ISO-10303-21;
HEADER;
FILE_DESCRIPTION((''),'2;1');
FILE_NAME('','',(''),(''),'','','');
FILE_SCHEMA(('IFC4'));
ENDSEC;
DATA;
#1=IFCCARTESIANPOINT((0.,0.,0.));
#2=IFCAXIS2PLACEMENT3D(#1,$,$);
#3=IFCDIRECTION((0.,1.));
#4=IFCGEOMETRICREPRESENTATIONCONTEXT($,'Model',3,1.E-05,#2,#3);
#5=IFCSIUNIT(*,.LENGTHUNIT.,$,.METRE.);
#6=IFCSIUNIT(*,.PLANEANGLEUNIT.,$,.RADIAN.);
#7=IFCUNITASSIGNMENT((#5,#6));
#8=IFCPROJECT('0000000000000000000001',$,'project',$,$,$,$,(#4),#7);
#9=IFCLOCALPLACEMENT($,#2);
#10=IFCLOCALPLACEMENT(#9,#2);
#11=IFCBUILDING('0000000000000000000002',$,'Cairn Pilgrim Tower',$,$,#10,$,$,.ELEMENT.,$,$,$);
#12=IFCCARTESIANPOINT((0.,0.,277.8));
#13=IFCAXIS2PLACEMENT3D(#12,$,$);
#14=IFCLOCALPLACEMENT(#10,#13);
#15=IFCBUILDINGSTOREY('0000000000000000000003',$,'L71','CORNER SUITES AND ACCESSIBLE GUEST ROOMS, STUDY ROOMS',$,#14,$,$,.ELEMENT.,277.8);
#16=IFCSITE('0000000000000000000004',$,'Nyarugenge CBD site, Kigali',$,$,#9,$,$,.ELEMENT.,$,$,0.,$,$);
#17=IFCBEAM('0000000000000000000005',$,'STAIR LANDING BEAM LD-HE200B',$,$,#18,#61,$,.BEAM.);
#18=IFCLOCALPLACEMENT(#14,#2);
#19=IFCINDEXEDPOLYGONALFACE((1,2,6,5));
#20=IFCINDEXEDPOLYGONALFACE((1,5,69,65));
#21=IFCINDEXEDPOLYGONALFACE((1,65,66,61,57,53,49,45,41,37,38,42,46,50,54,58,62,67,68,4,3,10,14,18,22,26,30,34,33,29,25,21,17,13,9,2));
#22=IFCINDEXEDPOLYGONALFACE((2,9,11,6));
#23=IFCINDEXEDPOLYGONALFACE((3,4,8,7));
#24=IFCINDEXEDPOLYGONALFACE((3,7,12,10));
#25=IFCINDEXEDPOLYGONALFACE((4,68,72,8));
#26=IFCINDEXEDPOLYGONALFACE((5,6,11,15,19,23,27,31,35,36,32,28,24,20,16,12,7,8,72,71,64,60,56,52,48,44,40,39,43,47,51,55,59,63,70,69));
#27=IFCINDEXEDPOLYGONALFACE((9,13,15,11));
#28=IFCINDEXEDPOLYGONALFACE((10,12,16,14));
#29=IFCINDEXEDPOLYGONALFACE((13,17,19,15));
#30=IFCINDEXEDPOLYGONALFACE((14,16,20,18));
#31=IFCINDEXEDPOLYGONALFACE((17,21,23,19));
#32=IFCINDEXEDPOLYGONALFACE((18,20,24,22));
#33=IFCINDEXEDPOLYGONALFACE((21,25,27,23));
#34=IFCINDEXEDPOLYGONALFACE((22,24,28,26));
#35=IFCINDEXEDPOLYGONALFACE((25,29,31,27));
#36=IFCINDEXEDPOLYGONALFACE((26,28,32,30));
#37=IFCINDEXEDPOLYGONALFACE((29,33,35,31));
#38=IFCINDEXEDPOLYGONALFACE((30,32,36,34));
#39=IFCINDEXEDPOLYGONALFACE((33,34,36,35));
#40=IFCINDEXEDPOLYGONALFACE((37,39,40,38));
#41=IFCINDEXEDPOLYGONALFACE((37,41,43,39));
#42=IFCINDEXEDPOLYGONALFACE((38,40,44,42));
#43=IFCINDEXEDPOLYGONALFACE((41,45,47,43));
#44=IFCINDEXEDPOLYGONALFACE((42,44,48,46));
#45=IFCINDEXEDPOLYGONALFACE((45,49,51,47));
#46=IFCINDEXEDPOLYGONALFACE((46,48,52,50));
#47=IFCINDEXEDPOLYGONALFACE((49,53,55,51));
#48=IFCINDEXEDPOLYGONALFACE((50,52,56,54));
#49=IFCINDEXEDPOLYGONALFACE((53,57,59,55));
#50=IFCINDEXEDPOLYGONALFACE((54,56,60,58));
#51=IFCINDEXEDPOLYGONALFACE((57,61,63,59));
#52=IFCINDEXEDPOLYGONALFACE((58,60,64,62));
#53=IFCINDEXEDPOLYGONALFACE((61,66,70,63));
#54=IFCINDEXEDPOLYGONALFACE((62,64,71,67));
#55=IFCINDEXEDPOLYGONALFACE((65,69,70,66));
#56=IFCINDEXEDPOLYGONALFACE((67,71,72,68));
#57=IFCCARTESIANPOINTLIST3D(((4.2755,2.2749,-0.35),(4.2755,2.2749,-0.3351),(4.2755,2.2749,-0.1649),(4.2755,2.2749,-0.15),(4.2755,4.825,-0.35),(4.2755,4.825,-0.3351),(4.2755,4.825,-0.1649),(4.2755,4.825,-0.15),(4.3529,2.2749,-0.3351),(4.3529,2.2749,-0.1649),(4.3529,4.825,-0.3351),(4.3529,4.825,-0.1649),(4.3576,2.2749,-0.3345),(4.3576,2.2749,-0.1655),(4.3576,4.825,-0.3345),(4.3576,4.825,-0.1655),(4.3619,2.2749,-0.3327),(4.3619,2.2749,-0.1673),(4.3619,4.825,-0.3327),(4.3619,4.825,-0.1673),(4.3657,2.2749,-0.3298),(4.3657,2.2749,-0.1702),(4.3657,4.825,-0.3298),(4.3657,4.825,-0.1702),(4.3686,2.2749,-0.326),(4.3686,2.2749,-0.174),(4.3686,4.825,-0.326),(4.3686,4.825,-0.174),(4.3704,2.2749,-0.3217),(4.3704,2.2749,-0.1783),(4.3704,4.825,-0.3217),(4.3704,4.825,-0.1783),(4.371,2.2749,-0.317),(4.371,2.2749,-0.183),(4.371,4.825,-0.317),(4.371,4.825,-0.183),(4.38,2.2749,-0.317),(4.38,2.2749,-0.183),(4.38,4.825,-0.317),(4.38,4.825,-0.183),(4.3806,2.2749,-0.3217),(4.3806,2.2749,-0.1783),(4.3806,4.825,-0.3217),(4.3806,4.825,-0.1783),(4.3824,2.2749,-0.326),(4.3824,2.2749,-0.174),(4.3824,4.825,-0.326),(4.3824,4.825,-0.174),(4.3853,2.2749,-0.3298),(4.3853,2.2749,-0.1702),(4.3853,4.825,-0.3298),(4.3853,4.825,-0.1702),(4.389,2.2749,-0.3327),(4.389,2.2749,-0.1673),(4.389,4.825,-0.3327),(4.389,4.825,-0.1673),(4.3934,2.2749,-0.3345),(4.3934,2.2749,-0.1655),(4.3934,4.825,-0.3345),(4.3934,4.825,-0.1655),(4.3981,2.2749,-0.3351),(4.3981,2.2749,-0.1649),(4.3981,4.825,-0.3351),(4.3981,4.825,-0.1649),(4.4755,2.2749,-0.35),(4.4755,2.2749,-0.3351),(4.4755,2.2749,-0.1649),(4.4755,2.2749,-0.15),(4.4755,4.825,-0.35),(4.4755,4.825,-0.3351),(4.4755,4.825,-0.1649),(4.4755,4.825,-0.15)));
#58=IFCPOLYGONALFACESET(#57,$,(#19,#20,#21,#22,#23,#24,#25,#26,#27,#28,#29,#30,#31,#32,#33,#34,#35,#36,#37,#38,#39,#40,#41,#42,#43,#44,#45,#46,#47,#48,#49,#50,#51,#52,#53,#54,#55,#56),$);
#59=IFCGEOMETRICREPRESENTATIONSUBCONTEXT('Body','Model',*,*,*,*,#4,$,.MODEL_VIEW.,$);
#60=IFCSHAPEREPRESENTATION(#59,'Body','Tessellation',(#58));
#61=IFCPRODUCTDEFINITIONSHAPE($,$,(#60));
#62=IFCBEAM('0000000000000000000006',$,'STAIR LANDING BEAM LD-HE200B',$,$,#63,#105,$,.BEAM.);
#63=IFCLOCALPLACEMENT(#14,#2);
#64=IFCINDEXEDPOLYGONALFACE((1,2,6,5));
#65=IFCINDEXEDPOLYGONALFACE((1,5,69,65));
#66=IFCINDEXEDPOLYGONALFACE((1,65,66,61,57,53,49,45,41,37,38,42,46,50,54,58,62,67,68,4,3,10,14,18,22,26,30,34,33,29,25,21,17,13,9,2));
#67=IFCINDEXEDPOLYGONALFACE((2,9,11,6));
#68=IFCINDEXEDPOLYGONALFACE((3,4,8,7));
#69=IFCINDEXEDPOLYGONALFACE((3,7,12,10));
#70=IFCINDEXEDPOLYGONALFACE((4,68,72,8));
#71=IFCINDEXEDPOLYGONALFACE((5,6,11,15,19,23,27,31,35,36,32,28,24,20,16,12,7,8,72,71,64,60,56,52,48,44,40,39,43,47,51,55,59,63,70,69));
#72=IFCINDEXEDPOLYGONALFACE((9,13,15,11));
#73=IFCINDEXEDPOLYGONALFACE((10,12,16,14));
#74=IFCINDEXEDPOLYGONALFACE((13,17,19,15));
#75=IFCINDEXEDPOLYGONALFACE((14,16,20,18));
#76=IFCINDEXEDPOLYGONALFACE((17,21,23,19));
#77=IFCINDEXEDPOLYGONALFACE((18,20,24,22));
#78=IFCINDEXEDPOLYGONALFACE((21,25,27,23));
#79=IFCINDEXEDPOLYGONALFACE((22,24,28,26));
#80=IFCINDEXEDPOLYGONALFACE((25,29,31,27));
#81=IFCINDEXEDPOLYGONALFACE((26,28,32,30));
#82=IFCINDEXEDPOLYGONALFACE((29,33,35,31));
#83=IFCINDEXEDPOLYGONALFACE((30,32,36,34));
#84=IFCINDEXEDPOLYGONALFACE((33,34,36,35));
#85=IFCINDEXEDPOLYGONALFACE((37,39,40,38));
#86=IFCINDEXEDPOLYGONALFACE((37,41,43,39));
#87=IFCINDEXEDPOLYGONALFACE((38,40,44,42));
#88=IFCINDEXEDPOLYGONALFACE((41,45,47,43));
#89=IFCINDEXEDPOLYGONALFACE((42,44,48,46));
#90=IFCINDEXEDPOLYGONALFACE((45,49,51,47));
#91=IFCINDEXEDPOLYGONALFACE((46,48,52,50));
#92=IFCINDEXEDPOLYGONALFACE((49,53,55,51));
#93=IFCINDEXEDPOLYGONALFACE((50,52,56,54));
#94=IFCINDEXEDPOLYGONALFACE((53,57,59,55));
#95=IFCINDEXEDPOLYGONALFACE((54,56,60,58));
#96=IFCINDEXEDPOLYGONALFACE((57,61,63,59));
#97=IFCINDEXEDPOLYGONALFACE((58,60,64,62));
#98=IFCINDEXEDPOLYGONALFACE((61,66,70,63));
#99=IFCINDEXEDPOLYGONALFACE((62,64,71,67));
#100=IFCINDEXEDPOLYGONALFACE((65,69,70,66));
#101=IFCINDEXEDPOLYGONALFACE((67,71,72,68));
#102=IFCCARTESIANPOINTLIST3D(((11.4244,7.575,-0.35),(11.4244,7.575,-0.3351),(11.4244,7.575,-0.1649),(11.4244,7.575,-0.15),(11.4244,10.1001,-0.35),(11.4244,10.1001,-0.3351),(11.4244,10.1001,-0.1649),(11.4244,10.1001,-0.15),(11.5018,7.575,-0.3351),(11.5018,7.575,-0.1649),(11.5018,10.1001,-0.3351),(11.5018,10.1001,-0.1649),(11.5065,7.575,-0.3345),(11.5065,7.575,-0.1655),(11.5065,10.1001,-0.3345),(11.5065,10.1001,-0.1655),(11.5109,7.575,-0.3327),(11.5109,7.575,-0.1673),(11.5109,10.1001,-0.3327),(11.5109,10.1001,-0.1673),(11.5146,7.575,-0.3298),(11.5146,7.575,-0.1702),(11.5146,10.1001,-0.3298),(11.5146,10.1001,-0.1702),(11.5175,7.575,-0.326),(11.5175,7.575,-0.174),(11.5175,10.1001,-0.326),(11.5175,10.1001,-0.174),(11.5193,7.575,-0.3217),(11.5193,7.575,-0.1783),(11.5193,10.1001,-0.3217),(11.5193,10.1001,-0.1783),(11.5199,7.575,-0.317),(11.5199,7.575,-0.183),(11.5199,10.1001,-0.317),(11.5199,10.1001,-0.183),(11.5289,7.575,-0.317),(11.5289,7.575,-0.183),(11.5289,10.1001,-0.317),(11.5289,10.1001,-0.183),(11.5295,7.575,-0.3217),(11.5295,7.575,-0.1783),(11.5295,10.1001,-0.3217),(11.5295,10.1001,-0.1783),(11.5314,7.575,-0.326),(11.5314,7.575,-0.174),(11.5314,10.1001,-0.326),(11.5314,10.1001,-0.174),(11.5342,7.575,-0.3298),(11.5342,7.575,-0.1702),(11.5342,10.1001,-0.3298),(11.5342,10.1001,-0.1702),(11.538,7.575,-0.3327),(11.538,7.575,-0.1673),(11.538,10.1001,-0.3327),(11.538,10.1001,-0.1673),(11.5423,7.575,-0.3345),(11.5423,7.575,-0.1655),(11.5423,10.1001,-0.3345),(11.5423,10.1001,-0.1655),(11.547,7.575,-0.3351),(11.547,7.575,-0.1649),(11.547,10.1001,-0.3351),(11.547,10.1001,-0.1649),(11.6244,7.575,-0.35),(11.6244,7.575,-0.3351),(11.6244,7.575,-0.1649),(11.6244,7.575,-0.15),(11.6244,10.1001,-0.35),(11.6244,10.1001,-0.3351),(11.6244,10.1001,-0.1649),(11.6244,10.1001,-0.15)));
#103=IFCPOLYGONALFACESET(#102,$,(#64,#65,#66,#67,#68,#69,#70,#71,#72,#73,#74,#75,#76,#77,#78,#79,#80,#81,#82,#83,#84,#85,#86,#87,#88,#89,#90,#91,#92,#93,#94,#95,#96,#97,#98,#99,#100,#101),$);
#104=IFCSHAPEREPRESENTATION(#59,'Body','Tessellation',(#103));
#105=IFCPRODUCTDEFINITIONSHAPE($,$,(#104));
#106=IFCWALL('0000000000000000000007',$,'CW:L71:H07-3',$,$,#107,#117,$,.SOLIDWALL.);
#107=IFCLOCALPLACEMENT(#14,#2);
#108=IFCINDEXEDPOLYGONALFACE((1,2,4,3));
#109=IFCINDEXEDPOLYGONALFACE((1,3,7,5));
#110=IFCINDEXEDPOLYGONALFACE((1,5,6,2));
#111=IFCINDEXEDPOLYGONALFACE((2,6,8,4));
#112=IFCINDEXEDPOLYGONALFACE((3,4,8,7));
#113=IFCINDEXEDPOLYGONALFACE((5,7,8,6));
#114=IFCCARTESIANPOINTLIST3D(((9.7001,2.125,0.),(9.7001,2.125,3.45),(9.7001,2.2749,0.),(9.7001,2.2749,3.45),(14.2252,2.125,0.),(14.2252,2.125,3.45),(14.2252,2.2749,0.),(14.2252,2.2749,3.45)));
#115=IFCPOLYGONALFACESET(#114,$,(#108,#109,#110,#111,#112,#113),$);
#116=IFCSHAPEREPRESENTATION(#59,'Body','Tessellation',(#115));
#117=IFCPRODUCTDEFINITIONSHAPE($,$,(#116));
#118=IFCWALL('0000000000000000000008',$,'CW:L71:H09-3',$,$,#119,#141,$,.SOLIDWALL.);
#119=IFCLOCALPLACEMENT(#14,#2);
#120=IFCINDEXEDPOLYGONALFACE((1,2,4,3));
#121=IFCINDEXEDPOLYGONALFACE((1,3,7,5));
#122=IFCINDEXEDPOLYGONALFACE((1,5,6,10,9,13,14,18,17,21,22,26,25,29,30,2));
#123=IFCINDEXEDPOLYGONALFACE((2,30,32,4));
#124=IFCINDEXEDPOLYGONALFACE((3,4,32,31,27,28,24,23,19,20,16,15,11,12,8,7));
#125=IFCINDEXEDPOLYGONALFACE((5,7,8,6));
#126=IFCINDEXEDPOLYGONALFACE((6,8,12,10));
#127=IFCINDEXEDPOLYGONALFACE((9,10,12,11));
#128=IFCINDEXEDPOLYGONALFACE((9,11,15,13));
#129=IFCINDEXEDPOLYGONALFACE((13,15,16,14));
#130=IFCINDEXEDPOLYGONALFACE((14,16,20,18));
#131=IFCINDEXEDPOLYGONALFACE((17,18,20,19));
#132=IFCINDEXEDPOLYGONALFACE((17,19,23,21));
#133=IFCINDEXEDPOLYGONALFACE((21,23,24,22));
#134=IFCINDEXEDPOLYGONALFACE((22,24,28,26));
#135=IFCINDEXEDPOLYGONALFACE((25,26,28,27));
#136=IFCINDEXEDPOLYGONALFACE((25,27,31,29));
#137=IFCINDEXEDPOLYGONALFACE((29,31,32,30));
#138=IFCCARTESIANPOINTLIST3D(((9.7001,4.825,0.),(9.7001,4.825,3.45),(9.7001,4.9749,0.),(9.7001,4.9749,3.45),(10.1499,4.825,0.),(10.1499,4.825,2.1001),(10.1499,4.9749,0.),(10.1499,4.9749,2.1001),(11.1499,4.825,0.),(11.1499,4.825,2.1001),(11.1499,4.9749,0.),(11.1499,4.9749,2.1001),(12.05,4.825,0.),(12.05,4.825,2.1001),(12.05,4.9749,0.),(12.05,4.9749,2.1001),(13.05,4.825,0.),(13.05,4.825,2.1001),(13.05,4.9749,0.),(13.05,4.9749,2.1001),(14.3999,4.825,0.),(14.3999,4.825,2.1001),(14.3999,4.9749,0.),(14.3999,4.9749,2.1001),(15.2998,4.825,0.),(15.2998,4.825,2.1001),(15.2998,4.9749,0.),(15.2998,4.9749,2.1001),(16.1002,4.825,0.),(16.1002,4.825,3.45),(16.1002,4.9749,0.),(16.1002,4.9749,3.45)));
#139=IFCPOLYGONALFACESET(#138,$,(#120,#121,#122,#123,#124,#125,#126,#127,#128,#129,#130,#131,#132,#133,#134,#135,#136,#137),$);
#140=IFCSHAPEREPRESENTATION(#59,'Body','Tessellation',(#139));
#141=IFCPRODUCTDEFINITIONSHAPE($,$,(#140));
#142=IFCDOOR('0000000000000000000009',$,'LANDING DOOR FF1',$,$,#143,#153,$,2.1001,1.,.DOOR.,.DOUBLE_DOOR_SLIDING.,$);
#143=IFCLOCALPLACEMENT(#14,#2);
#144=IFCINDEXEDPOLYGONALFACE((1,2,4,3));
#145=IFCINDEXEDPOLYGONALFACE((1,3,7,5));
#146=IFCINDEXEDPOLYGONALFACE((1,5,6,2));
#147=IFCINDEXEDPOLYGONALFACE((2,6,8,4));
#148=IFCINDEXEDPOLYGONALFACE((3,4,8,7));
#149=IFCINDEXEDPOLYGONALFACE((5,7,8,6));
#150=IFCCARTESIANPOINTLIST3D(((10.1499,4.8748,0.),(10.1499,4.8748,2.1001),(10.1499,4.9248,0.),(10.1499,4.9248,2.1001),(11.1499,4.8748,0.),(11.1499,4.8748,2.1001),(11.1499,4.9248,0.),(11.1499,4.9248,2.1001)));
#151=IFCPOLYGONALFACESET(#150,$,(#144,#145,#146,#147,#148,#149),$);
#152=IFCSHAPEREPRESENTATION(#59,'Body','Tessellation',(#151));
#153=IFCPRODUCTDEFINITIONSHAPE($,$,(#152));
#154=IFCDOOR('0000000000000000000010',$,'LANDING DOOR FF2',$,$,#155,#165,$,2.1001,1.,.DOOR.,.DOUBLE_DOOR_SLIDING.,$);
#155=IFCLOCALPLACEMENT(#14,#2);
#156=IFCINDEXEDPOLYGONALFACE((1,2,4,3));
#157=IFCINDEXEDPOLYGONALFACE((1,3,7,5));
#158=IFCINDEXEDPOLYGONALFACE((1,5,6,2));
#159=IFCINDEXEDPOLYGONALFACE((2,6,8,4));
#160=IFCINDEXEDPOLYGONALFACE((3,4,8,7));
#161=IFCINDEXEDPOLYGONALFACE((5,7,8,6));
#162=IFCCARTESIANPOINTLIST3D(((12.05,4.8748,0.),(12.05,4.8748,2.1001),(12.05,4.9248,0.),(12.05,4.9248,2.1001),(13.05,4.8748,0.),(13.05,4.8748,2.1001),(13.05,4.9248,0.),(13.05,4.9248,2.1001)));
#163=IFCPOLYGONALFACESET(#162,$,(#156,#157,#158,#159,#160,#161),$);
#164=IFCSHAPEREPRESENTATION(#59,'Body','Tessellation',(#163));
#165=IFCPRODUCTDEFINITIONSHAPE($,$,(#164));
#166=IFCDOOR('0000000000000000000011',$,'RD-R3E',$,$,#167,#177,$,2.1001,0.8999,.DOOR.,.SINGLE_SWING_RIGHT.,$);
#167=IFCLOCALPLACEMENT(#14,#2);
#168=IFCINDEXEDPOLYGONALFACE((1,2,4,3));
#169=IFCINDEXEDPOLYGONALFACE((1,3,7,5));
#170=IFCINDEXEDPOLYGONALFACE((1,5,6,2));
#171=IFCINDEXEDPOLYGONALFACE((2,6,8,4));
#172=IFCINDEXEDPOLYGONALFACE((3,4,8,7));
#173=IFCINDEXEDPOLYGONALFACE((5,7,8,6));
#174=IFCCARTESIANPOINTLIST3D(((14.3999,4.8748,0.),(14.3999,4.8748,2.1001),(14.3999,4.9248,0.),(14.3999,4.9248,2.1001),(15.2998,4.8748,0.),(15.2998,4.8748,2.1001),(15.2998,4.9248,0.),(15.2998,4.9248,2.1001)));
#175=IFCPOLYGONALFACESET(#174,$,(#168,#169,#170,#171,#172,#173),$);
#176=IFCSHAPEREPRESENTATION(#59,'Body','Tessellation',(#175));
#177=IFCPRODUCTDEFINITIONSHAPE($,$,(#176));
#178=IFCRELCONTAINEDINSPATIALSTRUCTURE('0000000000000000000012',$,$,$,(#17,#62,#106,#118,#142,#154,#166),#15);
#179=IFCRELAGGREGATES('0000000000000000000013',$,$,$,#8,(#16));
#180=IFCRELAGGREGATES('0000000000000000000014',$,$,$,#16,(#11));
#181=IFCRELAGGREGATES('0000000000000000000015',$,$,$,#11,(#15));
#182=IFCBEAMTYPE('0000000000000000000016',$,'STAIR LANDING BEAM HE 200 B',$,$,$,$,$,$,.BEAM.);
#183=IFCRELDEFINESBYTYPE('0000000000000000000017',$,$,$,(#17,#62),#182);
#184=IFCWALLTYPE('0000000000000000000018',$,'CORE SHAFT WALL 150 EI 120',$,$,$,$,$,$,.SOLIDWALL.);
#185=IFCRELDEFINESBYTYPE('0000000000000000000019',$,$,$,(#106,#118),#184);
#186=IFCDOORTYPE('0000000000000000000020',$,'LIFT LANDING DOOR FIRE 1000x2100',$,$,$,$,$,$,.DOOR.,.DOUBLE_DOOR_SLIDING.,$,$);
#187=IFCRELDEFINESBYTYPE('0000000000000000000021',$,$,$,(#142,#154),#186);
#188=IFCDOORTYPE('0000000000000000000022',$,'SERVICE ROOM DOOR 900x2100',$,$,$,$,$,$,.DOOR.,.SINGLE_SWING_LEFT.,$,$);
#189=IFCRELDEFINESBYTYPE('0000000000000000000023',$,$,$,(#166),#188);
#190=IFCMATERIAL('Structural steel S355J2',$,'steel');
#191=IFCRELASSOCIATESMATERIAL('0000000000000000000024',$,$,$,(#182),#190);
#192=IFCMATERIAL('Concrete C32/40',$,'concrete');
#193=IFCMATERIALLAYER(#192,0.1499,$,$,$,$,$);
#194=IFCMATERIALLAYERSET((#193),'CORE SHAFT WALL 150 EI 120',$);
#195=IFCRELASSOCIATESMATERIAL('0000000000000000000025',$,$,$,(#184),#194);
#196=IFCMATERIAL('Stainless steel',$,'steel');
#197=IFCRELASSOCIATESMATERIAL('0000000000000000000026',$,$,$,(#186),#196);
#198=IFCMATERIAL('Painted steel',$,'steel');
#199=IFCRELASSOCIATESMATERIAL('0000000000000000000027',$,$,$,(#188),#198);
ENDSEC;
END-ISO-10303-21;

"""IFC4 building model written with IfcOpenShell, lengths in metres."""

from ifc_helpers import new_model, si_unit, direction, frame, frame_2d, origin, origin_2d, place, context, subcontext, project, spatial, rectangle, i_section, extrude, material, layer, layer_set, material_profile, profile_set, type_object, element, fill, save


model = new_model("IFC4")

# Units and contexts
model_context = context("Model", 3, precision=1e-05, world=origin(), true_north=direction((0.0, 1.0)))
body_context = subcontext(model_context, "Body", "Model", "MODEL_VIEW")
ifc_project = project(units=[si_unit("LENGTHUNIT", "METRE"), si_unit("PLANEANGLEUNIT", "RADIAN")], contexts=[model_context])

# Site, building, storey
site_placement = place(None, origin())
site = spatial("IfcSite", under=ifc_project, at=site_placement, Name="Nyarugenge CBD site, Kigali", CompositionType="ELEMENT", RefElevation=0.0)
building_placement = place(site_placement, origin())
building = spatial("IfcBuilding", under=site, at=building_placement, Name="Cairn Pilgrim Tower", CompositionType="ELEMENT")
storey_placement = place(building_placement, frame((0.0, 0.0, 277.8)))
storey = spatial("IfcBuildingStorey", under=building, at=storey_placement, Name="L71", Description="CORNER SUITES AND ACCESSIBLE GUEST ROOMS, STUDY ROOMS", CompositionType="ELEMENT", Elevation=277.8)

# Beams
ifc_material_1 = material(Name="Structural steel S355J2", Category="steel")
ifc_material_profile = material_profile(ifc_material_1, i_section(OverallWidth=0.2, OverallDepth=0.2, WebThickness=0.009, FlangeThickness=0.0149, FilletRadius=0.0181, at=origin_2d()), Name="HE 200 B")
ifc_profile_set = profile_set([ifc_material_profile], Name="Structural steel S355J2")
beam_type = type_object("IfcBeamType", Name="STAIR LANDING BEAM HE 200 B", PredefinedType="BEAM", material=ifc_profile_set)
beam_1_placement = place(storey_placement, frame((4.3755, 2.2749, -0.25), z_axis=(0.0, 1.0, 0.0), x_axis=(-1.0, 0.0, 0.0)))
element("IfcBeam", 1, at=beam_1_placement, inside=storey, type_object=beam_type, Name="STAIR LANDING BEAM LD-HE200B", PredefinedType="BEAM", context=body_context, shape_type="SweptSolid", body=[
    extrude(i_section(OverallWidth=0.2, OverallDepth=0.2, WebThickness=0.009, FlangeThickness=0.0149, FilletRadius=0.0181, at=origin_2d()), origin(), (0.0, 0.0, 1.0), 2.55),
])
beam_2_placement = place(storey_placement, frame((11.5244, 10.1001, -0.25), z_axis=(0.0, -1.0, 0.0), x_axis=(1.0, 0.0, 0.0)))
element("IfcBeam", 2, at=beam_2_placement, inside=storey, type_object=beam_type, Name="STAIR LANDING BEAM LD-HE200B", PredefinedType="BEAM", context=body_context, shape_type="SweptSolid", body=[
    extrude(i_section(OverallWidth=0.2, OverallDepth=0.2, WebThickness=0.009, FlangeThickness=0.0149, FilletRadius=0.0181, at=origin_2d()), origin(), (0.0, 0.0, 1.0), 2.5251),
])

# Wall
ifc_material_2 = material(Name="Concrete C32/40", Category="concrete")
ifc_layer_1 = layer(ifc_material_2, 0.1499)
ifc_layer_set_1 = layer_set([ifc_layer_1], Name="CORE SHAFT WALL 150 EI 120")
wall_type_1 = type_object("IfcWallType", Name="CORE SHAFT WALL 150 EI 120", PredefinedType="SOLIDWALL", material=ifc_layer_set_1)
wall_1_placement = place(storey_placement, frame((9.7, 2.2, 0.0), z_axis=(0.0, 0.0, 1.0), x_axis=(1.0, 0.0, 0.0)))
element("IfcWall", 3, at=wall_1_placement, inside=storey, type_object=wall_type_1, Name="CW:L71:H07-3", PredefinedType="SOLIDWALL", context=body_context, shape_type="SweptSolid", body=[
    extrude(rectangle(XDim=4.5251, YDim=0.1499, at=frame_2d((2.2627, 0.0))), origin(), (0.0, 0.0, 1.0), 3.45),
])

# Wall, openings, doors
wall_2_placement = place(storey_placement, frame((9.7, 4.8999, 0.0), z_axis=(0.0, 0.0, 1.0), x_axis=(1.0, 0.0, 0.0)))
wall_2 = element("IfcWall", 4, at=wall_2_placement, inside=storey, type_object=wall_type_1, Name="CW:L71:H09-3", PredefinedType="SOLIDWALL", context=body_context, shape_type="SweptSolid", body=[
    extrude(rectangle(XDim=6.4001, YDim=0.1499, at=frame_2d((3.2002, 0.0))), origin(), (0.0, 0.0, 1.0), 3.45),
])
opening_1_placement = place(wall_2_placement, frame((0.45, 0.0, 0.0)))
opening_1 = element("IfcOpeningElement", 5, at=opening_1_placement, cuts=wall_2, PredefinedType="OPENING", context=body_context, shape_type="SweptSolid", body=[
    extrude(rectangle(XDim=1.0, YDim=2.1001, at=frame_2d((0.5, 1.05))), frame((0.0, 0.085, 0.0), z_axis=(0.0, -1.0, 0.0), x_axis=(1.0, 0.0, 0.0)), (0.0, 0.0, 1.0), 0.1699),
])
opening_2_placement = place(wall_2_placement, frame((2.3501, 0.0, 0.0)))
opening_2 = element("IfcOpeningElement", 6, at=opening_2_placement, cuts=wall_2, PredefinedType="OPENING", context=body_context, shape_type="SweptSolid", body=[
    extrude(rectangle(XDim=1.0, YDim=2.1001, at=frame_2d((0.5, 1.05))), frame((0.0, 0.085, 0.0), z_axis=(0.0, -1.0, 0.0), x_axis=(1.0, 0.0, 0.0)), (0.0, 0.0, 1.0), 0.1699),
])
opening_3_placement = place(wall_2_placement, frame((4.7, 0.0, 0.0)))
opening_3 = element("IfcOpeningElement", 7, at=opening_3_placement, cuts=wall_2, PredefinedType="OPENING", context=body_context, shape_type="SweptSolid", body=[
    extrude(rectangle(XDim=0.8999, YDim=2.1001, at=frame_2d((0.45, 1.05))), frame((0.0, 0.085, 0.0), z_axis=(0.0, -1.0, 0.0), x_axis=(1.0, 0.0, 0.0)), (0.0, 0.0, 1.0), 0.1699),
])
ifc_material_3 = material(Name="Stainless steel", Category="steel")
door_type_1 = type_object("IfcDoorType", Name="LIFT LANDING DOOR FIRE 1000x2100", OperationType="DOUBLE_DOOR_SLIDING", PredefinedType="DOOR", material=ifc_material_3)
door_1_placement = place(opening_1_placement, origin())
door_1 = element("IfcDoor", 8, at=door_1_placement, inside=storey, type_object=door_type_1, Name="LANDING DOOR FF1", OperationType="DOUBLE_DOOR_SLIDING", OverallHeight=2.1001, OverallWidth=1.0, PredefinedType="DOOR", context=body_context, shape_type="SweptSolid", body=[
    extrude(rectangle(XDim=1.0, YDim=2.1001, at=frame_2d((0.5, 1.05))), frame((0.0, 0.0249, 0.0), z_axis=(0.0, -1.0, 0.0), x_axis=(1.0, 0.0, 0.0)), (0.0, 0.0, 1.0), 0.05),
])
fill(opening_1, door_1)
door_2_placement = place(opening_2_placement, origin())
door_2 = element("IfcDoor", 9, at=door_2_placement, inside=storey, type_object=door_type_1, Name="LANDING DOOR FF2", OperationType="DOUBLE_DOOR_SLIDING", OverallHeight=2.1001, OverallWidth=1.0, PredefinedType="DOOR", context=body_context, shape_type="SweptSolid", body=[
    extrude(rectangle(XDim=1.0, YDim=2.1001, at=frame_2d((0.5, 1.05))), frame((0.0, 0.0249, 0.0), z_axis=(0.0, -1.0, 0.0), x_axis=(1.0, 0.0, 0.0)), (0.0, 0.0, 1.0), 0.05),
])
fill(opening_2, door_2)
ifc_material_4 = material(Name="Painted steel", Category="steel")
door_type_2 = type_object("IfcDoorType", Name="SERVICE ROOM DOOR 900x2100", OperationType="SINGLE_SWING_LEFT", PredefinedType="DOOR", material=ifc_material_4)
door_3_placement = place(opening_3_placement, origin())
door_3 = element("IfcDoor", 10, at=door_3_placement, inside=storey, type_object=door_type_2, Name="RD-R3E", OperationType="SINGLE_SWING_RIGHT", OverallHeight=2.1001, OverallWidth=0.8999, PredefinedType="DOOR", context=body_context, shape_type="SweptSolid", body=[
    extrude(rectangle(XDim=0.8999, YDim=2.1001, at=frame_2d((0.45, 1.05))), frame((0.0, 0.0249, 0.0), z_axis=(0.0, -1.0, 0.0), x_axis=(1.0, 0.0, 0.0)), (0.0, 0.0, 1.0), 0.05),
])
fill(opening_3, door_3)

save(model, "model.ifc")
